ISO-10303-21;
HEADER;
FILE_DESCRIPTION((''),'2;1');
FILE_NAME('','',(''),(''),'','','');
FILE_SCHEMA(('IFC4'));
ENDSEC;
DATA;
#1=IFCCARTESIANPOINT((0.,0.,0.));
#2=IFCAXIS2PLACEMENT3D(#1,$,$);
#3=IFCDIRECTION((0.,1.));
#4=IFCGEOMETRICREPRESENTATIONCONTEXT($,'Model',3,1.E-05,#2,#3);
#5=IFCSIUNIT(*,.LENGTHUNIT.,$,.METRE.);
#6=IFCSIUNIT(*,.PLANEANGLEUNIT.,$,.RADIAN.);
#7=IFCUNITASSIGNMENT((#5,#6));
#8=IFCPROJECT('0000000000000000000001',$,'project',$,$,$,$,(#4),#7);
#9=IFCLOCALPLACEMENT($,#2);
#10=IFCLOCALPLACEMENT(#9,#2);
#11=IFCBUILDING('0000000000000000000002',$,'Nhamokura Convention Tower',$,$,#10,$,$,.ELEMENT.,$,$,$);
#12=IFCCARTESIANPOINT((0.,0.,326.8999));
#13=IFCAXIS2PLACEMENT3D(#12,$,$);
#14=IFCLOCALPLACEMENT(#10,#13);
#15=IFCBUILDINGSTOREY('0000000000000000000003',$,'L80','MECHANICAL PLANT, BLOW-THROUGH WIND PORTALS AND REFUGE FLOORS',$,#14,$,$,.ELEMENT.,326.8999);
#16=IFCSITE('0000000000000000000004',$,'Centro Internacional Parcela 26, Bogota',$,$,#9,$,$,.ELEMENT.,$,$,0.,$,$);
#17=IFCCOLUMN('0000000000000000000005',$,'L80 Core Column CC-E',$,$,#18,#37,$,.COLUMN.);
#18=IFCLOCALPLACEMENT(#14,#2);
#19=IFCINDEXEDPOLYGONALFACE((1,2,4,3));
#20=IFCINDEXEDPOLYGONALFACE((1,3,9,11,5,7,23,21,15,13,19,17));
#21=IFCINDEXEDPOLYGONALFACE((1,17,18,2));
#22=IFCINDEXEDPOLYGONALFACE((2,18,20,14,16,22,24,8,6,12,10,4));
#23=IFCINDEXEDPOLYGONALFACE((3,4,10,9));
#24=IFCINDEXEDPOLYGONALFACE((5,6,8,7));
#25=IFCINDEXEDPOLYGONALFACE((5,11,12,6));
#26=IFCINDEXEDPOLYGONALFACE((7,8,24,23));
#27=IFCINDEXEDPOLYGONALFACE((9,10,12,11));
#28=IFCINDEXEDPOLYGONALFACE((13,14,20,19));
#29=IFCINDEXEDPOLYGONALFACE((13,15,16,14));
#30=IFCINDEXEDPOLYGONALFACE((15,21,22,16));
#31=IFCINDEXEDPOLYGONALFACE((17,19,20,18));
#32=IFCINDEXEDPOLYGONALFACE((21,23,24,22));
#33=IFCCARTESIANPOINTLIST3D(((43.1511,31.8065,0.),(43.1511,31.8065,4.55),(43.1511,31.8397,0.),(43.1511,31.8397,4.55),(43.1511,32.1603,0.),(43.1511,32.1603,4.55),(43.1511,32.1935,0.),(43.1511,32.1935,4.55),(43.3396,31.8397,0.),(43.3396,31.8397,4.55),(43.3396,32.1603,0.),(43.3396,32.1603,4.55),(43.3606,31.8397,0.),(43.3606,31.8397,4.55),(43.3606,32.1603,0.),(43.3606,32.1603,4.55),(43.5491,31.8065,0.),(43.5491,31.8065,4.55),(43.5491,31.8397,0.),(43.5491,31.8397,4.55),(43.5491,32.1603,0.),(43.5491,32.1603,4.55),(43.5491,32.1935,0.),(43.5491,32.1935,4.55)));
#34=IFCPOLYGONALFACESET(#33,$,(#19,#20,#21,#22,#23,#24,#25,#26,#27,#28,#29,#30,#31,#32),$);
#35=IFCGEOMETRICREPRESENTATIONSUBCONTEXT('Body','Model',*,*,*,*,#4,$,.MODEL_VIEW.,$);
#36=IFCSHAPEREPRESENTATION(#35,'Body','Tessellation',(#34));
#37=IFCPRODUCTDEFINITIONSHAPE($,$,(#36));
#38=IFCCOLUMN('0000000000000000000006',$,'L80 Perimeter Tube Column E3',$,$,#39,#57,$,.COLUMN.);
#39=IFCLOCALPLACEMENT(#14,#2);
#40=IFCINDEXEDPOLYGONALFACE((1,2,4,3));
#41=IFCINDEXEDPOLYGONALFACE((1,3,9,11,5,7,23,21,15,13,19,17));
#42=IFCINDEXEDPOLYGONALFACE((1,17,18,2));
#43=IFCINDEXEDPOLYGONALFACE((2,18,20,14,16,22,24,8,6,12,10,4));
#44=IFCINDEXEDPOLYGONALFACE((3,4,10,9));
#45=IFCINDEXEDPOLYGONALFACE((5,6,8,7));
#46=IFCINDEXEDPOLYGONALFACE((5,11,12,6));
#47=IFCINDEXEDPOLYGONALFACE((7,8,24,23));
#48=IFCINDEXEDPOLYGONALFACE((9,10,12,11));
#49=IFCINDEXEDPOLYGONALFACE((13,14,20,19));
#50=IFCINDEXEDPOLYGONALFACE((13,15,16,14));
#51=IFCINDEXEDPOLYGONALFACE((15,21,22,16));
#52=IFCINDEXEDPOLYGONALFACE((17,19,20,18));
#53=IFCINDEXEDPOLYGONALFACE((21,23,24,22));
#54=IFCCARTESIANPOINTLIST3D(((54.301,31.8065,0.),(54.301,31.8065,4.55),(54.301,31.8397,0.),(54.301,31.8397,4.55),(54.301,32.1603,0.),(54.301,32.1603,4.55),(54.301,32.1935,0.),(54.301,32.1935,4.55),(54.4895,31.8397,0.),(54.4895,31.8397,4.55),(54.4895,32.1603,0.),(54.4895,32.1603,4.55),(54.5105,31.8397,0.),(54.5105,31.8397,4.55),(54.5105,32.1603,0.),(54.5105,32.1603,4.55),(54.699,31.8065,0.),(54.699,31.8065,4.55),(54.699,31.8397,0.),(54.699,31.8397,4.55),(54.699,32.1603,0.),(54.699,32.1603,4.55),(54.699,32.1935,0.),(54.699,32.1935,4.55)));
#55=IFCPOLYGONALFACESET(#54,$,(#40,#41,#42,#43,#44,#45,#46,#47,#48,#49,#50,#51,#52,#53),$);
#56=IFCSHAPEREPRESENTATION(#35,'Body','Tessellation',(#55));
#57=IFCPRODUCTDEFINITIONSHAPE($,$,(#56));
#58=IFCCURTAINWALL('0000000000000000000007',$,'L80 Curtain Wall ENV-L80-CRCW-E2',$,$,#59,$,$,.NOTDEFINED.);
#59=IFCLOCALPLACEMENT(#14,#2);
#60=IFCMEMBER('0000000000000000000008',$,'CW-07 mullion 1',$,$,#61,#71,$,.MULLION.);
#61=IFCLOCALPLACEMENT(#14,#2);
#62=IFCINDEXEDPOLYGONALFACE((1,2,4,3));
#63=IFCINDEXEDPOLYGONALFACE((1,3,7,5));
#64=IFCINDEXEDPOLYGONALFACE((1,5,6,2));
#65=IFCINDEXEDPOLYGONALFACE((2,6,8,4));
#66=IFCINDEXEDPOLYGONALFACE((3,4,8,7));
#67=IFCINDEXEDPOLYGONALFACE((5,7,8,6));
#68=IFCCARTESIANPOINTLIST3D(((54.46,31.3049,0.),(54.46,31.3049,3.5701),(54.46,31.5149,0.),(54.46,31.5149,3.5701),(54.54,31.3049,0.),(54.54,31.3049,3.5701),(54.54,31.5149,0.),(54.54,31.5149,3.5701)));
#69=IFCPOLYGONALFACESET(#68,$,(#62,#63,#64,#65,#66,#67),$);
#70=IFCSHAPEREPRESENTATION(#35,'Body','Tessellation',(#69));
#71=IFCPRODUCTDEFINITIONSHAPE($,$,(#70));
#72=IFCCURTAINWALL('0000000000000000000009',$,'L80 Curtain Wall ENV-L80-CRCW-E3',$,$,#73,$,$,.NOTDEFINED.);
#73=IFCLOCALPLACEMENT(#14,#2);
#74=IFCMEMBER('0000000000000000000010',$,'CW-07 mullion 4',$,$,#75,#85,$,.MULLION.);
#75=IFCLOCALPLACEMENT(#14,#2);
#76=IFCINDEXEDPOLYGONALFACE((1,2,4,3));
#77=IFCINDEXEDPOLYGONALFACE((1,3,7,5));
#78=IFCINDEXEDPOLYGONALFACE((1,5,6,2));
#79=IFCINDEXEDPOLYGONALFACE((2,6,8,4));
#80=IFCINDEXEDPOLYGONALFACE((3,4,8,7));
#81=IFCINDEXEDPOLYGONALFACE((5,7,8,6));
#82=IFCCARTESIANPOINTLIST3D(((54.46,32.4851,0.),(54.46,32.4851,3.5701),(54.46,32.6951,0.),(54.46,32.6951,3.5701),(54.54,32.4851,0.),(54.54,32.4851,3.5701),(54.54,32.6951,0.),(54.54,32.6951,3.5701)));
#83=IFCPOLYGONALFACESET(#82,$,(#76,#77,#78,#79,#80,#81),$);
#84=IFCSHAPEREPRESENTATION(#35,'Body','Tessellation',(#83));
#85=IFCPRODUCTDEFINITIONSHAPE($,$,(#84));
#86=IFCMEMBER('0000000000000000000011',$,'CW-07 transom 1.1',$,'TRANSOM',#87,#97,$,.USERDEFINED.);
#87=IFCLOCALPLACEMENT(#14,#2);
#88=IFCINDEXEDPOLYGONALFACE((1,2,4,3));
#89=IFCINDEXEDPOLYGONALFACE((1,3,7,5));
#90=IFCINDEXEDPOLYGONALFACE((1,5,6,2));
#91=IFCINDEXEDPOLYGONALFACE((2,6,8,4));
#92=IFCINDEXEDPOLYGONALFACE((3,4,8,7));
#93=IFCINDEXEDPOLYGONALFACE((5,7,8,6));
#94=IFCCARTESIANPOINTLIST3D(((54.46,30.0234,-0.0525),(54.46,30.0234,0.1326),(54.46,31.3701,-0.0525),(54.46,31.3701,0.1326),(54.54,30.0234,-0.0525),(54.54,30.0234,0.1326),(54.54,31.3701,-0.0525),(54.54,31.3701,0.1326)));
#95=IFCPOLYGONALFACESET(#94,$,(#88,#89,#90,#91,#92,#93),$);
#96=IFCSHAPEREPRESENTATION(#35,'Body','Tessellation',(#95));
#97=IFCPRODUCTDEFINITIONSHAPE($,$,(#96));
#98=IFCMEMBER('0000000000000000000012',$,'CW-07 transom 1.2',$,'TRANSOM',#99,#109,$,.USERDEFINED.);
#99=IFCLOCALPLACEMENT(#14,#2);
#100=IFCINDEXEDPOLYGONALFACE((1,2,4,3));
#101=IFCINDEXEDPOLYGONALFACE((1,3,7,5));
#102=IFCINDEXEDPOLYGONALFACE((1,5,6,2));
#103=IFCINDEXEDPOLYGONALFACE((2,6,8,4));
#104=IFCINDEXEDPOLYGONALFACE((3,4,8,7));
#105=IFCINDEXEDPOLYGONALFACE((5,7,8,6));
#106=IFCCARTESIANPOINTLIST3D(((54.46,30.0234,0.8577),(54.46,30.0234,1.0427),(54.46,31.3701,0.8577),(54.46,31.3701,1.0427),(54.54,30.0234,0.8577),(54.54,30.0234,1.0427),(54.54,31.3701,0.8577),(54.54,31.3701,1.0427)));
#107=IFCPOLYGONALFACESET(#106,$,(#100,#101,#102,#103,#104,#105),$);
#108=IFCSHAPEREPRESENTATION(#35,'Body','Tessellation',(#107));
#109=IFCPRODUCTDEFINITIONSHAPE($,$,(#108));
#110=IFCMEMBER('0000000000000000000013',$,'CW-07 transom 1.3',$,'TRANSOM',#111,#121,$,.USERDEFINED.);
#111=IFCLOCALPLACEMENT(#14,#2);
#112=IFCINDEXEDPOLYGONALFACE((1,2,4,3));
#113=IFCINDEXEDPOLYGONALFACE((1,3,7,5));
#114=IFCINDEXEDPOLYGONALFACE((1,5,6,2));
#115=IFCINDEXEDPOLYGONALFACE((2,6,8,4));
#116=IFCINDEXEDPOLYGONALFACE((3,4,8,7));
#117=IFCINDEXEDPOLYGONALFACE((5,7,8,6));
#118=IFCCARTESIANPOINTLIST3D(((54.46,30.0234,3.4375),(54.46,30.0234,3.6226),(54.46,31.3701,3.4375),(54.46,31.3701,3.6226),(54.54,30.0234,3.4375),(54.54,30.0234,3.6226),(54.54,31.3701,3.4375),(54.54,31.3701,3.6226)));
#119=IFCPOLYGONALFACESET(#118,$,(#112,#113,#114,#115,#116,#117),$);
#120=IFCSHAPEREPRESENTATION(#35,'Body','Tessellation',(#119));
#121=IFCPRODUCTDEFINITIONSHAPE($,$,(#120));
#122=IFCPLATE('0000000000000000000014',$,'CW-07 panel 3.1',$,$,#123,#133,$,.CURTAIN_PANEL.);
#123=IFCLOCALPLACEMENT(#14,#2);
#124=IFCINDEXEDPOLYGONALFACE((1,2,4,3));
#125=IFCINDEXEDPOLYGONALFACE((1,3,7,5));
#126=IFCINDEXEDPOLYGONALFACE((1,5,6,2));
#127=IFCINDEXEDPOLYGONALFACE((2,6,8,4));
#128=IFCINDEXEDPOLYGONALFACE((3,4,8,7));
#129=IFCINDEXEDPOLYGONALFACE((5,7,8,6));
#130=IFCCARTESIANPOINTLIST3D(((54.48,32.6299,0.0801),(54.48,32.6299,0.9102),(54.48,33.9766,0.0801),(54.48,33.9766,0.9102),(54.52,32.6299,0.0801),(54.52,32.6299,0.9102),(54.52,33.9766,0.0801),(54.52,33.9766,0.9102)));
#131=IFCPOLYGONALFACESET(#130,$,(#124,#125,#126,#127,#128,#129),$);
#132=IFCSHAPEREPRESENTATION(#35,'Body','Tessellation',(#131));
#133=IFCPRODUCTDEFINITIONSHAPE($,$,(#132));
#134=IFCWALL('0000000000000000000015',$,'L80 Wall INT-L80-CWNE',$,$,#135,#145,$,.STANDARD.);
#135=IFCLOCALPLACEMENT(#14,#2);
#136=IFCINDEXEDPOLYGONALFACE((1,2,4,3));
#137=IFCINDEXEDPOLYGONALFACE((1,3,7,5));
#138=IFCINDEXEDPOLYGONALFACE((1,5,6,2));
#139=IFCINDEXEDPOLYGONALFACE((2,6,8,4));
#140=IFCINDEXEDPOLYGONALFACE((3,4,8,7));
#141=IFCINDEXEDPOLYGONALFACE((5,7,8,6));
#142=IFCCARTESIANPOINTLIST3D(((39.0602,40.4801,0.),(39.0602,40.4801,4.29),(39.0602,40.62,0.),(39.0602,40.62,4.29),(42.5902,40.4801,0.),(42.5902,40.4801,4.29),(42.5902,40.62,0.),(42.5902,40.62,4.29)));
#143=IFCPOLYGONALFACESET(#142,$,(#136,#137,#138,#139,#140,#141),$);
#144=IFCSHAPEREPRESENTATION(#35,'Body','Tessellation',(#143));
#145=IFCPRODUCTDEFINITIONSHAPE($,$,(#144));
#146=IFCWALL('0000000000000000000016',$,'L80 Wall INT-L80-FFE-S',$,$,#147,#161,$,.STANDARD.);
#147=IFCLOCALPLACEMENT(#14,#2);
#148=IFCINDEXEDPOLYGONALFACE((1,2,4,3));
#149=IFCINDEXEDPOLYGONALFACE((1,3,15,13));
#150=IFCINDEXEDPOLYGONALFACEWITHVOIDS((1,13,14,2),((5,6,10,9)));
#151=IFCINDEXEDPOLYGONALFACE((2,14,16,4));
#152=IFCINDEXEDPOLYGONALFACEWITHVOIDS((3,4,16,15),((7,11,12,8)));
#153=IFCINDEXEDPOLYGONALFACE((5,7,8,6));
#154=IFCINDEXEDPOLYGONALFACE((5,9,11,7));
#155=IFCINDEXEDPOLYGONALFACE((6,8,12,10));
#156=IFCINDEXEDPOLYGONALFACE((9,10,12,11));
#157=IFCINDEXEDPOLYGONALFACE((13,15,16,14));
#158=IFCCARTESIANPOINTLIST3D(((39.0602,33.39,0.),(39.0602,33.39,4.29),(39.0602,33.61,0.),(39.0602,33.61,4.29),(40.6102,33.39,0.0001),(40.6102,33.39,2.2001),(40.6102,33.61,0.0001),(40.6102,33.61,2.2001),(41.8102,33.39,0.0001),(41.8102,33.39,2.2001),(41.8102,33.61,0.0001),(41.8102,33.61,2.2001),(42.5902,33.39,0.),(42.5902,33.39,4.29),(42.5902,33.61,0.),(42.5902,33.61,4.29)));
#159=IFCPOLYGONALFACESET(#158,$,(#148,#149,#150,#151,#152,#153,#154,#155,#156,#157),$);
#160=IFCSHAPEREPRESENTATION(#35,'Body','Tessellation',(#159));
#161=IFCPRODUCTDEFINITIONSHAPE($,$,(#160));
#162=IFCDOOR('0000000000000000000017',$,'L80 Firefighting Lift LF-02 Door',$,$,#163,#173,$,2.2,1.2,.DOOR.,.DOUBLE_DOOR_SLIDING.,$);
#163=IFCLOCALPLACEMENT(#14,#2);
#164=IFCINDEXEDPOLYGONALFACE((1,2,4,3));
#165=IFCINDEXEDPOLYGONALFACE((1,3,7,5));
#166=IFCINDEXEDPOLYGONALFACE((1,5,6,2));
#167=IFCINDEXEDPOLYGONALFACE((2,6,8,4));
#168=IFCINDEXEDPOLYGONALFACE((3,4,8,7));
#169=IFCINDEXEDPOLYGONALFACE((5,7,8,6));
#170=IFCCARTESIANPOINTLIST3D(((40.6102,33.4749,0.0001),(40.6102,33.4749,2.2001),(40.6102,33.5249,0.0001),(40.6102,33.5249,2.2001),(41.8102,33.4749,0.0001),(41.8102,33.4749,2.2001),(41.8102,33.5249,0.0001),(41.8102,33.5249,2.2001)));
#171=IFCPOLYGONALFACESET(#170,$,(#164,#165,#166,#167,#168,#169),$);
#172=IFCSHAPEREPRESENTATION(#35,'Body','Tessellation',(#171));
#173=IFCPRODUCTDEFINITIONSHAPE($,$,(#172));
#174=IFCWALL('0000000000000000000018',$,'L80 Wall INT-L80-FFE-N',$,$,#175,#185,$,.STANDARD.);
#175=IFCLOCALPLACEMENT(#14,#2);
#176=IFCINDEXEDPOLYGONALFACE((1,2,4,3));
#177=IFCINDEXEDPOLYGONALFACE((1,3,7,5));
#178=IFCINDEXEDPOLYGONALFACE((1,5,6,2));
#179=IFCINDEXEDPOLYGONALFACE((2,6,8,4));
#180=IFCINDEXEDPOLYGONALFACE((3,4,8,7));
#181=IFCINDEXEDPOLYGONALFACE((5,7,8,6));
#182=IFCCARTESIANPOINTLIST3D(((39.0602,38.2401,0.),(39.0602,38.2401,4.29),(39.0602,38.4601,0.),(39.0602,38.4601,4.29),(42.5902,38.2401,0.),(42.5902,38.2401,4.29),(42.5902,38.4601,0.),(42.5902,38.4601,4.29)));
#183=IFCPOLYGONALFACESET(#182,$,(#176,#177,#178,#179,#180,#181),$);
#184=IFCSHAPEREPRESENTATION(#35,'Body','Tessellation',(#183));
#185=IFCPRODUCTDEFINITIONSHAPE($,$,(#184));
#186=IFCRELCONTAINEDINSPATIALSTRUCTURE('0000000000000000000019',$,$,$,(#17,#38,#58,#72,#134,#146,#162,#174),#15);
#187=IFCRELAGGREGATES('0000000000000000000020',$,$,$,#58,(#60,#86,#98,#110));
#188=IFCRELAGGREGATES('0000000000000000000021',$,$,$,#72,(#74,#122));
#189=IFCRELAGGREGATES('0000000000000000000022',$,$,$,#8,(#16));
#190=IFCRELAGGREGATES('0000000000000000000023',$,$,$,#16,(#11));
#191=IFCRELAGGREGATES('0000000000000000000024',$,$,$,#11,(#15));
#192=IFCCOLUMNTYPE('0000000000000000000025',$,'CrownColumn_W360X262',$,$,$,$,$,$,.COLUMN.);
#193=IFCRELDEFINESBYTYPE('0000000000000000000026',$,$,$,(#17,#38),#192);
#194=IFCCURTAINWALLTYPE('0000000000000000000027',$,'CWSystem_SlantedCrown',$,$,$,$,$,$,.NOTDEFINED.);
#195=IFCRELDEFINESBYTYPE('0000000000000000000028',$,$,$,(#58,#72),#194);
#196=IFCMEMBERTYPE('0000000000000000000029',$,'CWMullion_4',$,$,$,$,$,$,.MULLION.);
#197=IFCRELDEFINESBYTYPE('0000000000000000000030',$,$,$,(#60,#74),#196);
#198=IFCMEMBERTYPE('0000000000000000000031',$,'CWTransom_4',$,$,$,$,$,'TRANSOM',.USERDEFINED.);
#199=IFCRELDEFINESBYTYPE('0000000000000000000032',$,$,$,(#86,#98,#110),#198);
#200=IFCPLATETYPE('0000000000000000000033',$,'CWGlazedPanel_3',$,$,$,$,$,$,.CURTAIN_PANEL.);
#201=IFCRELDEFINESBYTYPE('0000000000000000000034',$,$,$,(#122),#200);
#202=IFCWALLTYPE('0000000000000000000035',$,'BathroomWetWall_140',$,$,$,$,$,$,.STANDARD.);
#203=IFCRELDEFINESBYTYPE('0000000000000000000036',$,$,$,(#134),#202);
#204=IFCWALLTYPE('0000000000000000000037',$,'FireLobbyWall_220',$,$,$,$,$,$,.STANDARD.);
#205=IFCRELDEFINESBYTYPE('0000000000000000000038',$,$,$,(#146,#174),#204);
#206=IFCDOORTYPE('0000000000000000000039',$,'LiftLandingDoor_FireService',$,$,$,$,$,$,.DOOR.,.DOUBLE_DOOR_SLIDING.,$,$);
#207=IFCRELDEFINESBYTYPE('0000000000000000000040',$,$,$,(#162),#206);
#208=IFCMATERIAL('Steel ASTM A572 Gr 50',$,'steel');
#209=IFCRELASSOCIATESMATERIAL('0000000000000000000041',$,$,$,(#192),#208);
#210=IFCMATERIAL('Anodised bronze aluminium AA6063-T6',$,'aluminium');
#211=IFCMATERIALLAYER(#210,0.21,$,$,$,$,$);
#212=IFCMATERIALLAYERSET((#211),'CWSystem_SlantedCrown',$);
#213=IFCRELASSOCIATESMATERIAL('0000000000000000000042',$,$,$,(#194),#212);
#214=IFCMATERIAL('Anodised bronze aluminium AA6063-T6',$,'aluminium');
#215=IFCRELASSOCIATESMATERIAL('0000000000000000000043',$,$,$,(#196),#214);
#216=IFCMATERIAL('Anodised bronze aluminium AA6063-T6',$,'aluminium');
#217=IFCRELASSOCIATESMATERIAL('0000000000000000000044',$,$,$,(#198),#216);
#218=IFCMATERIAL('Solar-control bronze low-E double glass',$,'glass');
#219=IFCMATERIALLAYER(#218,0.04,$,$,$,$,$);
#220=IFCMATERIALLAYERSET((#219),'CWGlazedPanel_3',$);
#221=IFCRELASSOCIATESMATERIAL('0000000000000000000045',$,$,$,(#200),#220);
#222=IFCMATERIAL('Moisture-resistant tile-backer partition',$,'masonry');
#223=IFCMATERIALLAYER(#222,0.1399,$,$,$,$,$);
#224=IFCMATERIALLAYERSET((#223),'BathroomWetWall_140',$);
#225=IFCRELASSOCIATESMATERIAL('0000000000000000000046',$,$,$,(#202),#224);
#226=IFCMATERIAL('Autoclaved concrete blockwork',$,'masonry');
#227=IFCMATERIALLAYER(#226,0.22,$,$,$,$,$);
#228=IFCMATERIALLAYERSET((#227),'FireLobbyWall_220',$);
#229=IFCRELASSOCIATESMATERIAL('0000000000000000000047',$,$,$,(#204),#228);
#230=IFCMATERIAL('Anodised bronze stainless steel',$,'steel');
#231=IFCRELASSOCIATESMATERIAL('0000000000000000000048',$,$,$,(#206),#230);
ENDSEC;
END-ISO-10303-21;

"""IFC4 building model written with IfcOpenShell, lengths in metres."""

from ifc_helpers import new_model, si_unit, direction, frame, frame_2d, origin, origin_2d, place, context, subcontext, project, spatial, rectangle, i_section, extrude, material, layer, layer_set, material_profile, profile_set, type_object, element, fill, aggregate, save


model = new_model("IFC4")

# Units and contexts
model_context = context("Model", 3, precision=1e-05, world=origin(), true_north=direction((0.0, 1.0)))
body_context = subcontext(model_context, "Body", "Model", "MODEL_VIEW")
ifc_project = project(units=[si_unit("LENGTHUNIT", "METRE"), si_unit("PLANEANGLEUNIT", "RADIAN")], contexts=[model_context])

# Site, building, storey
site_placement = place(None, origin())
site = spatial("IfcSite", under=ifc_project, at=site_placement, Name="Centro Internacional Parcela 26, Bogota", CompositionType="ELEMENT", RefElevation=0.0)
building_placement = place(site_placement, origin())
building = spatial("IfcBuilding", under=site, at=building_placement, Name="Nhamokura Convention Tower", CompositionType="ELEMENT")
storey_placement = place(building_placement, frame((0.0, 0.0, 326.8999)))
storey = spatial("IfcBuildingStorey", under=building, at=storey_placement, Name="L80", Description="MECHANICAL PLANT, BLOW-THROUGH WIND PORTALS AND REFUGE FLOORS", CompositionType="ELEMENT", Elevation=326.8999)

# Columns
ifc_material_1 = material(Name="Steel ASTM A572 Gr 50", Category="steel")
ifc_material_profile_1 = material_profile(ifc_material_1, i_section(OverallWidth=0.3979, OverallDepth=0.387, WebThickness=0.021, FlangeThickness=0.0332, at=origin_2d()))
ifc_profile_set_1 = profile_set([ifc_material_profile_1], Name="Steel ASTM A572 Gr 50")
column_type = type_object("IfcColumnType", Name="CrownColumn_W360X262", PredefinedType="COLUMN", material=ifc_profile_set_1)
for number, where, z_axis, x_axis, name in (
    (1, (43.3501, 32.0, 0.0), (0.0, 0.0, 1.0), (1.0, 0.0, 0.0), "L80 Core Column CC-E"),
    (2, (54.5, 32.0, 0.0), (0.0, 0.0, 1.0), (1.0, 0.0, 0.0), "L80 Perimeter Tube Column E3"),
):
    element("IfcColumn", number, at=place(storey_placement, frame(where, z_axis=z_axis, x_axis=x_axis)), inside=storey, type_object=column_type, Name=name, PredefinedType="COLUMN", context=body_context, shape_type="SweptSolid", body=[
        extrude(i_section(OverallWidth=0.3979, OverallDepth=0.387, WebThickness=0.021, FlangeThickness=0.0332, at=origin_2d()), origin(), (0.0, 0.0, 1.0), 4.55),
    ])

# Curtain walls, members
ifc_material_2 = material(Name="Anodised bronze aluminium AA6063-T6", Category="aluminium")
ifc_layer_1 = layer(ifc_material_2, 0.21)
ifc_layer_set_1 = layer_set([ifc_layer_1], Name="CWSystem_SlantedCrown")
curtain_wall_type = type_object("IfcCurtainWallType", Name="CWSystem_SlantedCrown", PredefinedType="NOTDEFINED", material=ifc_layer_set_1)
curtain_wall_1_placement = place(storey_placement, origin())
curtain_wall_1 = element("IfcCurtainWall", 3, at=curtain_wall_1_placement, inside=storey, type_object=curtain_wall_type, Name="L80 Curtain Wall ENV-L80-CRCW-E2", PredefinedType="NOTDEFINED")
ifc_material_3 = material(Name="Anodised bronze aluminium AA6063-T6", Category="aluminium")
ifc_material_profile_2 = material_profile(ifc_material_3, rectangle(XDim=0.0801, YDim=0.21, at=origin_2d()))
ifc_profile_set_2 = profile_set([ifc_material_profile_2], Name="Anodised bronze aluminium AA6063-T6")
member_type_1 = type_object("IfcMemberType", Name="CWMullion_4", PredefinedType="MULLION", material=ifc_profile_set_2)
member_1_placement = place(storey_placement, frame((54.5, 31.4099, 0.0), z_axis=(0.0, 0.0, 1.0), x_axis=(1.0, 0.0, 0.0)))
member_1 = element("IfcMember", 4, at=member_1_placement, type_object=member_type_1, Name="CW-07 mullion 1", PredefinedType="MULLION", context=body_context, shape_type="SweptSolid", body=[
    extrude(rectangle(XDim=0.0801, YDim=0.21, at=origin_2d()), origin(), (0.0, 0.0, 1.0), 3.5701),
])
curtain_wall_2_placement = place(storey_placement, origin())
curtain_wall_2 = element("IfcCurtainWall", 5, at=curtain_wall_2_placement, inside=storey, type_object=curtain_wall_type, Name="L80 Curtain Wall ENV-L80-CRCW-E3", PredefinedType="NOTDEFINED")
member_2_placement = place(storey_placement, frame((54.5, 32.5901, 0.0), z_axis=(0.0, 0.0, 1.0), x_axis=(1.0, 0.0, 0.0)))
member_2 = element("IfcMember", 6, at=member_2_placement, type_object=member_type_1, Name="CW-07 mullion 4", PredefinedType="MULLION", context=body_context, shape_type="SweptSolid", body=[
    extrude(rectangle(XDim=0.0801, YDim=0.21, at=origin_2d()), origin(), (0.0, 0.0, 1.0), 3.5701),
])

# Members
ifc_material_4 = material(Name="Anodised bronze aluminium AA6063-T6", Category="aluminium")
ifc_material_profile_3 = material_profile(ifc_material_4, rectangle(XDim=0.0801, YDim=0.1851, at=origin_2d()))
ifc_profile_set_3 = profile_set([ifc_material_profile_3], Name="Anodised bronze aluminium AA6063-T6")
member_type_2 = type_object("IfcMemberType", Name="CWTransom_4", ElementType="TRANSOM", PredefinedType="USERDEFINED", material=ifc_profile_set_3)
member_3_placement = place(storey_placement, frame((54.5, 31.3701, 0.04), z_axis=(0.0, -1.0, 0.0), x_axis=(1.0, 0.0, 0.0)))
member_3 = element("IfcMember", 7, at=member_3_placement, type_object=member_type_2, Name="CW-07 transom 1.1", ObjectType="TRANSOM", PredefinedType="USERDEFINED", context=body_context, shape_type="SweptSolid", body=[
    extrude(rectangle(XDim=0.0801, YDim=0.1851, at=origin_2d()), origin(), (0.0, 0.0, 1.0), 1.3467),
])
member_4_placement = place(storey_placement, frame((54.5, 31.3701, 0.9502), z_axis=(0.0, -1.0, 0.0), x_axis=(1.0, 0.0, 0.0)))
member_4 = element("IfcMember", 8, at=member_4_placement, type_object=member_type_2, Name="CW-07 transom 1.2", ObjectType="TRANSOM", PredefinedType="USERDEFINED", context=body_context, shape_type="SweptSolid", body=[
    extrude(rectangle(XDim=0.0801, YDim=0.1851, at=origin_2d()), origin(), (0.0, 0.0, 1.0), 1.3467),
])
member_5_placement = place(storey_placement, frame((54.5, 31.3701, 3.53), z_axis=(0.0, -1.0, 0.0), x_axis=(1.0, 0.0, 0.0)))
member_5 = element("IfcMember", 9, at=member_5_placement, type_object=member_type_2, Name="CW-07 transom 1.3", ObjectType="TRANSOM", PredefinedType="USERDEFINED", context=body_context, shape_type="SweptSolid", body=[
    extrude(rectangle(XDim=0.0801, YDim=0.1851, at=origin_2d()), origin(), (0.0, 0.0, 1.0), 1.3467),
])
aggregate(curtain_wall_1, [member_1, member_3, member_4, member_5])

# Plate
ifc_material_5 = material(Name="Solar-control bronze low-E double glass", Category="glass")
ifc_layer_2 = layer(ifc_material_5, 0.04)
ifc_layer_set_2 = layer_set([ifc_layer_2], Name="CWGlazedPanel_3")
plate_type = type_object("IfcPlateType", Name="CWGlazedPanel_3", PredefinedType="CURTAIN_PANEL", material=ifc_layer_set_2)
plate_placement = place(storey_placement, frame((54.5, 33.3032, 0.0801), z_axis=(0.0, 0.0, 1.0), x_axis=(0.0, -1.0, 0.0)))
plate = element("IfcPlate", 10, at=plate_placement, type_object=plate_type, Name="CW-07 panel 3.1", PredefinedType="CURTAIN_PANEL", context=body_context, shape_type="SweptSolid", body=[
    extrude(rectangle(XDim=1.3467, YDim=0.04, at=origin_2d()), origin(), (0.0, 0.0, 1.0), 0.8301),
])
aggregate(curtain_wall_2, [member_2, plate])

# Wall
ifc_material_6 = material(Name="Moisture-resistant tile-backer partition", Category="masonry")
ifc_layer_3 = layer(ifc_material_6, 0.1399)
ifc_layer_set_3 = layer_set([ifc_layer_3], Name="BathroomWetWall_140")
wall_type_1 = type_object("IfcWallType", Name="BathroomWetWall_140", PredefinedType="STANDARD", material=ifc_layer_set_3)
wall_1_placement = place(storey_placement, frame((39.0601, 40.55, 0.0), z_axis=(0.0, 0.0, 1.0), x_axis=(1.0, 0.0, 0.0)))
element("IfcWall", 11, at=wall_1_placement, inside=storey, type_object=wall_type_1, Name="L80 Wall INT-L80-CWNE", PredefinedType="STANDARD", context=body_context, shape_type="SweptSolid", body=[
    extrude(rectangle(XDim=3.53, YDim=0.1399, at=frame_2d((1.7651, 0.0))), origin(), (0.0, 0.0, 1.0), 4.29),
])

# Wall, opening, door
ifc_material_7 = material(Name="Autoclaved concrete blockwork", Category="masonry")
ifc_layer_4 = layer(ifc_material_7, 0.22)
ifc_layer_set_4 = layer_set([ifc_layer_4], Name="FireLobbyWall_220")
wall_type_2 = type_object("IfcWallType", Name="FireLobbyWall_220", PredefinedType="STANDARD", material=ifc_layer_set_4)
wall_2_placement = place(storey_placement, frame((39.0601, 33.5, 0.0), z_axis=(0.0, 0.0, 1.0), x_axis=(1.0, 0.0, 0.0)))
wall_2 = element("IfcWall", 12, at=wall_2_placement, inside=storey, type_object=wall_type_2, Name="L80 Wall INT-L80-FFE-S", PredefinedType="STANDARD", context=body_context, shape_type="SweptSolid", body=[
    extrude(rectangle(XDim=3.53, YDim=0.22, at=frame_2d((1.7651, 0.0))), origin(), (0.0, 0.0, 1.0), 4.29),
])
opening_1_placement = place(wall_2_placement, frame((1.55, 0.0, 0.0)))
opening_1 = element("IfcOpeningElement", 13, at=opening_1_placement, cuts=wall_2, PredefinedType="OPENING", context=body_context, shape_type="SweptSolid", body=[
    extrude(rectangle(XDim=1.2, YDim=2.2, at=frame_2d((0.6001, 1.1001))), frame((0.0, 0.1199, 0.0), z_axis=(0.0, -1.0, 0.0), x_axis=(1.0, 0.0, 0.0)), (0.0, 0.0, 1.0), 0.24),
])
ifc_material_8 = material(Name="Anodised bronze stainless steel", Category="steel")
door_type_1 = type_object("IfcDoorType", Name="LiftLandingDoor_FireService", OperationType="DOUBLE_DOOR_SLIDING", PredefinedType="DOOR", material=ifc_material_8)
door_1_placement = place(opening_1_placement, origin())
door_1 = element("IfcDoor", 14, at=door_1_placement, inside=storey, type_object=door_type_1, Name="L80 Firefighting Lift LF-02 Door", OperationType="DOUBLE_DOOR_SLIDING", OverallHeight=2.2, OverallWidth=1.2, PredefinedType="DOOR", context=body_context, shape_type="SweptSolid", body=[
    extrude(rectangle(XDim=1.2, YDim=2.2, at=frame_2d((0.6001, 1.1001))), frame((0.0, 0.0249, 0.0), z_axis=(0.0, -1.0, 0.0), x_axis=(1.0, 0.0, 0.0)), (0.0, 0.0, 1.0), 0.05),
])
fill(opening_1, door_1)

# Wall
wall_3_placement = place(storey_placement, frame((39.0601, 38.3501, 0.0), z_axis=(0.0, 0.0, 1.0), x_axis=(1.0, 0.0, 0.0)))
element("IfcWall", 15, at=wall_3_placement, inside=storey, type_object=wall_type_2, Name="L80 Wall INT-L80-FFE-N", PredefinedType="STANDARD", context=body_context, shape_type="SweptSolid", body=[
    extrude(rectangle(XDim=3.53, YDim=0.22, at=frame_2d((1.7651, 0.0))), origin(), (0.0, 0.0, 1.0), 4.29),
])

save(model, "model.ifc")
